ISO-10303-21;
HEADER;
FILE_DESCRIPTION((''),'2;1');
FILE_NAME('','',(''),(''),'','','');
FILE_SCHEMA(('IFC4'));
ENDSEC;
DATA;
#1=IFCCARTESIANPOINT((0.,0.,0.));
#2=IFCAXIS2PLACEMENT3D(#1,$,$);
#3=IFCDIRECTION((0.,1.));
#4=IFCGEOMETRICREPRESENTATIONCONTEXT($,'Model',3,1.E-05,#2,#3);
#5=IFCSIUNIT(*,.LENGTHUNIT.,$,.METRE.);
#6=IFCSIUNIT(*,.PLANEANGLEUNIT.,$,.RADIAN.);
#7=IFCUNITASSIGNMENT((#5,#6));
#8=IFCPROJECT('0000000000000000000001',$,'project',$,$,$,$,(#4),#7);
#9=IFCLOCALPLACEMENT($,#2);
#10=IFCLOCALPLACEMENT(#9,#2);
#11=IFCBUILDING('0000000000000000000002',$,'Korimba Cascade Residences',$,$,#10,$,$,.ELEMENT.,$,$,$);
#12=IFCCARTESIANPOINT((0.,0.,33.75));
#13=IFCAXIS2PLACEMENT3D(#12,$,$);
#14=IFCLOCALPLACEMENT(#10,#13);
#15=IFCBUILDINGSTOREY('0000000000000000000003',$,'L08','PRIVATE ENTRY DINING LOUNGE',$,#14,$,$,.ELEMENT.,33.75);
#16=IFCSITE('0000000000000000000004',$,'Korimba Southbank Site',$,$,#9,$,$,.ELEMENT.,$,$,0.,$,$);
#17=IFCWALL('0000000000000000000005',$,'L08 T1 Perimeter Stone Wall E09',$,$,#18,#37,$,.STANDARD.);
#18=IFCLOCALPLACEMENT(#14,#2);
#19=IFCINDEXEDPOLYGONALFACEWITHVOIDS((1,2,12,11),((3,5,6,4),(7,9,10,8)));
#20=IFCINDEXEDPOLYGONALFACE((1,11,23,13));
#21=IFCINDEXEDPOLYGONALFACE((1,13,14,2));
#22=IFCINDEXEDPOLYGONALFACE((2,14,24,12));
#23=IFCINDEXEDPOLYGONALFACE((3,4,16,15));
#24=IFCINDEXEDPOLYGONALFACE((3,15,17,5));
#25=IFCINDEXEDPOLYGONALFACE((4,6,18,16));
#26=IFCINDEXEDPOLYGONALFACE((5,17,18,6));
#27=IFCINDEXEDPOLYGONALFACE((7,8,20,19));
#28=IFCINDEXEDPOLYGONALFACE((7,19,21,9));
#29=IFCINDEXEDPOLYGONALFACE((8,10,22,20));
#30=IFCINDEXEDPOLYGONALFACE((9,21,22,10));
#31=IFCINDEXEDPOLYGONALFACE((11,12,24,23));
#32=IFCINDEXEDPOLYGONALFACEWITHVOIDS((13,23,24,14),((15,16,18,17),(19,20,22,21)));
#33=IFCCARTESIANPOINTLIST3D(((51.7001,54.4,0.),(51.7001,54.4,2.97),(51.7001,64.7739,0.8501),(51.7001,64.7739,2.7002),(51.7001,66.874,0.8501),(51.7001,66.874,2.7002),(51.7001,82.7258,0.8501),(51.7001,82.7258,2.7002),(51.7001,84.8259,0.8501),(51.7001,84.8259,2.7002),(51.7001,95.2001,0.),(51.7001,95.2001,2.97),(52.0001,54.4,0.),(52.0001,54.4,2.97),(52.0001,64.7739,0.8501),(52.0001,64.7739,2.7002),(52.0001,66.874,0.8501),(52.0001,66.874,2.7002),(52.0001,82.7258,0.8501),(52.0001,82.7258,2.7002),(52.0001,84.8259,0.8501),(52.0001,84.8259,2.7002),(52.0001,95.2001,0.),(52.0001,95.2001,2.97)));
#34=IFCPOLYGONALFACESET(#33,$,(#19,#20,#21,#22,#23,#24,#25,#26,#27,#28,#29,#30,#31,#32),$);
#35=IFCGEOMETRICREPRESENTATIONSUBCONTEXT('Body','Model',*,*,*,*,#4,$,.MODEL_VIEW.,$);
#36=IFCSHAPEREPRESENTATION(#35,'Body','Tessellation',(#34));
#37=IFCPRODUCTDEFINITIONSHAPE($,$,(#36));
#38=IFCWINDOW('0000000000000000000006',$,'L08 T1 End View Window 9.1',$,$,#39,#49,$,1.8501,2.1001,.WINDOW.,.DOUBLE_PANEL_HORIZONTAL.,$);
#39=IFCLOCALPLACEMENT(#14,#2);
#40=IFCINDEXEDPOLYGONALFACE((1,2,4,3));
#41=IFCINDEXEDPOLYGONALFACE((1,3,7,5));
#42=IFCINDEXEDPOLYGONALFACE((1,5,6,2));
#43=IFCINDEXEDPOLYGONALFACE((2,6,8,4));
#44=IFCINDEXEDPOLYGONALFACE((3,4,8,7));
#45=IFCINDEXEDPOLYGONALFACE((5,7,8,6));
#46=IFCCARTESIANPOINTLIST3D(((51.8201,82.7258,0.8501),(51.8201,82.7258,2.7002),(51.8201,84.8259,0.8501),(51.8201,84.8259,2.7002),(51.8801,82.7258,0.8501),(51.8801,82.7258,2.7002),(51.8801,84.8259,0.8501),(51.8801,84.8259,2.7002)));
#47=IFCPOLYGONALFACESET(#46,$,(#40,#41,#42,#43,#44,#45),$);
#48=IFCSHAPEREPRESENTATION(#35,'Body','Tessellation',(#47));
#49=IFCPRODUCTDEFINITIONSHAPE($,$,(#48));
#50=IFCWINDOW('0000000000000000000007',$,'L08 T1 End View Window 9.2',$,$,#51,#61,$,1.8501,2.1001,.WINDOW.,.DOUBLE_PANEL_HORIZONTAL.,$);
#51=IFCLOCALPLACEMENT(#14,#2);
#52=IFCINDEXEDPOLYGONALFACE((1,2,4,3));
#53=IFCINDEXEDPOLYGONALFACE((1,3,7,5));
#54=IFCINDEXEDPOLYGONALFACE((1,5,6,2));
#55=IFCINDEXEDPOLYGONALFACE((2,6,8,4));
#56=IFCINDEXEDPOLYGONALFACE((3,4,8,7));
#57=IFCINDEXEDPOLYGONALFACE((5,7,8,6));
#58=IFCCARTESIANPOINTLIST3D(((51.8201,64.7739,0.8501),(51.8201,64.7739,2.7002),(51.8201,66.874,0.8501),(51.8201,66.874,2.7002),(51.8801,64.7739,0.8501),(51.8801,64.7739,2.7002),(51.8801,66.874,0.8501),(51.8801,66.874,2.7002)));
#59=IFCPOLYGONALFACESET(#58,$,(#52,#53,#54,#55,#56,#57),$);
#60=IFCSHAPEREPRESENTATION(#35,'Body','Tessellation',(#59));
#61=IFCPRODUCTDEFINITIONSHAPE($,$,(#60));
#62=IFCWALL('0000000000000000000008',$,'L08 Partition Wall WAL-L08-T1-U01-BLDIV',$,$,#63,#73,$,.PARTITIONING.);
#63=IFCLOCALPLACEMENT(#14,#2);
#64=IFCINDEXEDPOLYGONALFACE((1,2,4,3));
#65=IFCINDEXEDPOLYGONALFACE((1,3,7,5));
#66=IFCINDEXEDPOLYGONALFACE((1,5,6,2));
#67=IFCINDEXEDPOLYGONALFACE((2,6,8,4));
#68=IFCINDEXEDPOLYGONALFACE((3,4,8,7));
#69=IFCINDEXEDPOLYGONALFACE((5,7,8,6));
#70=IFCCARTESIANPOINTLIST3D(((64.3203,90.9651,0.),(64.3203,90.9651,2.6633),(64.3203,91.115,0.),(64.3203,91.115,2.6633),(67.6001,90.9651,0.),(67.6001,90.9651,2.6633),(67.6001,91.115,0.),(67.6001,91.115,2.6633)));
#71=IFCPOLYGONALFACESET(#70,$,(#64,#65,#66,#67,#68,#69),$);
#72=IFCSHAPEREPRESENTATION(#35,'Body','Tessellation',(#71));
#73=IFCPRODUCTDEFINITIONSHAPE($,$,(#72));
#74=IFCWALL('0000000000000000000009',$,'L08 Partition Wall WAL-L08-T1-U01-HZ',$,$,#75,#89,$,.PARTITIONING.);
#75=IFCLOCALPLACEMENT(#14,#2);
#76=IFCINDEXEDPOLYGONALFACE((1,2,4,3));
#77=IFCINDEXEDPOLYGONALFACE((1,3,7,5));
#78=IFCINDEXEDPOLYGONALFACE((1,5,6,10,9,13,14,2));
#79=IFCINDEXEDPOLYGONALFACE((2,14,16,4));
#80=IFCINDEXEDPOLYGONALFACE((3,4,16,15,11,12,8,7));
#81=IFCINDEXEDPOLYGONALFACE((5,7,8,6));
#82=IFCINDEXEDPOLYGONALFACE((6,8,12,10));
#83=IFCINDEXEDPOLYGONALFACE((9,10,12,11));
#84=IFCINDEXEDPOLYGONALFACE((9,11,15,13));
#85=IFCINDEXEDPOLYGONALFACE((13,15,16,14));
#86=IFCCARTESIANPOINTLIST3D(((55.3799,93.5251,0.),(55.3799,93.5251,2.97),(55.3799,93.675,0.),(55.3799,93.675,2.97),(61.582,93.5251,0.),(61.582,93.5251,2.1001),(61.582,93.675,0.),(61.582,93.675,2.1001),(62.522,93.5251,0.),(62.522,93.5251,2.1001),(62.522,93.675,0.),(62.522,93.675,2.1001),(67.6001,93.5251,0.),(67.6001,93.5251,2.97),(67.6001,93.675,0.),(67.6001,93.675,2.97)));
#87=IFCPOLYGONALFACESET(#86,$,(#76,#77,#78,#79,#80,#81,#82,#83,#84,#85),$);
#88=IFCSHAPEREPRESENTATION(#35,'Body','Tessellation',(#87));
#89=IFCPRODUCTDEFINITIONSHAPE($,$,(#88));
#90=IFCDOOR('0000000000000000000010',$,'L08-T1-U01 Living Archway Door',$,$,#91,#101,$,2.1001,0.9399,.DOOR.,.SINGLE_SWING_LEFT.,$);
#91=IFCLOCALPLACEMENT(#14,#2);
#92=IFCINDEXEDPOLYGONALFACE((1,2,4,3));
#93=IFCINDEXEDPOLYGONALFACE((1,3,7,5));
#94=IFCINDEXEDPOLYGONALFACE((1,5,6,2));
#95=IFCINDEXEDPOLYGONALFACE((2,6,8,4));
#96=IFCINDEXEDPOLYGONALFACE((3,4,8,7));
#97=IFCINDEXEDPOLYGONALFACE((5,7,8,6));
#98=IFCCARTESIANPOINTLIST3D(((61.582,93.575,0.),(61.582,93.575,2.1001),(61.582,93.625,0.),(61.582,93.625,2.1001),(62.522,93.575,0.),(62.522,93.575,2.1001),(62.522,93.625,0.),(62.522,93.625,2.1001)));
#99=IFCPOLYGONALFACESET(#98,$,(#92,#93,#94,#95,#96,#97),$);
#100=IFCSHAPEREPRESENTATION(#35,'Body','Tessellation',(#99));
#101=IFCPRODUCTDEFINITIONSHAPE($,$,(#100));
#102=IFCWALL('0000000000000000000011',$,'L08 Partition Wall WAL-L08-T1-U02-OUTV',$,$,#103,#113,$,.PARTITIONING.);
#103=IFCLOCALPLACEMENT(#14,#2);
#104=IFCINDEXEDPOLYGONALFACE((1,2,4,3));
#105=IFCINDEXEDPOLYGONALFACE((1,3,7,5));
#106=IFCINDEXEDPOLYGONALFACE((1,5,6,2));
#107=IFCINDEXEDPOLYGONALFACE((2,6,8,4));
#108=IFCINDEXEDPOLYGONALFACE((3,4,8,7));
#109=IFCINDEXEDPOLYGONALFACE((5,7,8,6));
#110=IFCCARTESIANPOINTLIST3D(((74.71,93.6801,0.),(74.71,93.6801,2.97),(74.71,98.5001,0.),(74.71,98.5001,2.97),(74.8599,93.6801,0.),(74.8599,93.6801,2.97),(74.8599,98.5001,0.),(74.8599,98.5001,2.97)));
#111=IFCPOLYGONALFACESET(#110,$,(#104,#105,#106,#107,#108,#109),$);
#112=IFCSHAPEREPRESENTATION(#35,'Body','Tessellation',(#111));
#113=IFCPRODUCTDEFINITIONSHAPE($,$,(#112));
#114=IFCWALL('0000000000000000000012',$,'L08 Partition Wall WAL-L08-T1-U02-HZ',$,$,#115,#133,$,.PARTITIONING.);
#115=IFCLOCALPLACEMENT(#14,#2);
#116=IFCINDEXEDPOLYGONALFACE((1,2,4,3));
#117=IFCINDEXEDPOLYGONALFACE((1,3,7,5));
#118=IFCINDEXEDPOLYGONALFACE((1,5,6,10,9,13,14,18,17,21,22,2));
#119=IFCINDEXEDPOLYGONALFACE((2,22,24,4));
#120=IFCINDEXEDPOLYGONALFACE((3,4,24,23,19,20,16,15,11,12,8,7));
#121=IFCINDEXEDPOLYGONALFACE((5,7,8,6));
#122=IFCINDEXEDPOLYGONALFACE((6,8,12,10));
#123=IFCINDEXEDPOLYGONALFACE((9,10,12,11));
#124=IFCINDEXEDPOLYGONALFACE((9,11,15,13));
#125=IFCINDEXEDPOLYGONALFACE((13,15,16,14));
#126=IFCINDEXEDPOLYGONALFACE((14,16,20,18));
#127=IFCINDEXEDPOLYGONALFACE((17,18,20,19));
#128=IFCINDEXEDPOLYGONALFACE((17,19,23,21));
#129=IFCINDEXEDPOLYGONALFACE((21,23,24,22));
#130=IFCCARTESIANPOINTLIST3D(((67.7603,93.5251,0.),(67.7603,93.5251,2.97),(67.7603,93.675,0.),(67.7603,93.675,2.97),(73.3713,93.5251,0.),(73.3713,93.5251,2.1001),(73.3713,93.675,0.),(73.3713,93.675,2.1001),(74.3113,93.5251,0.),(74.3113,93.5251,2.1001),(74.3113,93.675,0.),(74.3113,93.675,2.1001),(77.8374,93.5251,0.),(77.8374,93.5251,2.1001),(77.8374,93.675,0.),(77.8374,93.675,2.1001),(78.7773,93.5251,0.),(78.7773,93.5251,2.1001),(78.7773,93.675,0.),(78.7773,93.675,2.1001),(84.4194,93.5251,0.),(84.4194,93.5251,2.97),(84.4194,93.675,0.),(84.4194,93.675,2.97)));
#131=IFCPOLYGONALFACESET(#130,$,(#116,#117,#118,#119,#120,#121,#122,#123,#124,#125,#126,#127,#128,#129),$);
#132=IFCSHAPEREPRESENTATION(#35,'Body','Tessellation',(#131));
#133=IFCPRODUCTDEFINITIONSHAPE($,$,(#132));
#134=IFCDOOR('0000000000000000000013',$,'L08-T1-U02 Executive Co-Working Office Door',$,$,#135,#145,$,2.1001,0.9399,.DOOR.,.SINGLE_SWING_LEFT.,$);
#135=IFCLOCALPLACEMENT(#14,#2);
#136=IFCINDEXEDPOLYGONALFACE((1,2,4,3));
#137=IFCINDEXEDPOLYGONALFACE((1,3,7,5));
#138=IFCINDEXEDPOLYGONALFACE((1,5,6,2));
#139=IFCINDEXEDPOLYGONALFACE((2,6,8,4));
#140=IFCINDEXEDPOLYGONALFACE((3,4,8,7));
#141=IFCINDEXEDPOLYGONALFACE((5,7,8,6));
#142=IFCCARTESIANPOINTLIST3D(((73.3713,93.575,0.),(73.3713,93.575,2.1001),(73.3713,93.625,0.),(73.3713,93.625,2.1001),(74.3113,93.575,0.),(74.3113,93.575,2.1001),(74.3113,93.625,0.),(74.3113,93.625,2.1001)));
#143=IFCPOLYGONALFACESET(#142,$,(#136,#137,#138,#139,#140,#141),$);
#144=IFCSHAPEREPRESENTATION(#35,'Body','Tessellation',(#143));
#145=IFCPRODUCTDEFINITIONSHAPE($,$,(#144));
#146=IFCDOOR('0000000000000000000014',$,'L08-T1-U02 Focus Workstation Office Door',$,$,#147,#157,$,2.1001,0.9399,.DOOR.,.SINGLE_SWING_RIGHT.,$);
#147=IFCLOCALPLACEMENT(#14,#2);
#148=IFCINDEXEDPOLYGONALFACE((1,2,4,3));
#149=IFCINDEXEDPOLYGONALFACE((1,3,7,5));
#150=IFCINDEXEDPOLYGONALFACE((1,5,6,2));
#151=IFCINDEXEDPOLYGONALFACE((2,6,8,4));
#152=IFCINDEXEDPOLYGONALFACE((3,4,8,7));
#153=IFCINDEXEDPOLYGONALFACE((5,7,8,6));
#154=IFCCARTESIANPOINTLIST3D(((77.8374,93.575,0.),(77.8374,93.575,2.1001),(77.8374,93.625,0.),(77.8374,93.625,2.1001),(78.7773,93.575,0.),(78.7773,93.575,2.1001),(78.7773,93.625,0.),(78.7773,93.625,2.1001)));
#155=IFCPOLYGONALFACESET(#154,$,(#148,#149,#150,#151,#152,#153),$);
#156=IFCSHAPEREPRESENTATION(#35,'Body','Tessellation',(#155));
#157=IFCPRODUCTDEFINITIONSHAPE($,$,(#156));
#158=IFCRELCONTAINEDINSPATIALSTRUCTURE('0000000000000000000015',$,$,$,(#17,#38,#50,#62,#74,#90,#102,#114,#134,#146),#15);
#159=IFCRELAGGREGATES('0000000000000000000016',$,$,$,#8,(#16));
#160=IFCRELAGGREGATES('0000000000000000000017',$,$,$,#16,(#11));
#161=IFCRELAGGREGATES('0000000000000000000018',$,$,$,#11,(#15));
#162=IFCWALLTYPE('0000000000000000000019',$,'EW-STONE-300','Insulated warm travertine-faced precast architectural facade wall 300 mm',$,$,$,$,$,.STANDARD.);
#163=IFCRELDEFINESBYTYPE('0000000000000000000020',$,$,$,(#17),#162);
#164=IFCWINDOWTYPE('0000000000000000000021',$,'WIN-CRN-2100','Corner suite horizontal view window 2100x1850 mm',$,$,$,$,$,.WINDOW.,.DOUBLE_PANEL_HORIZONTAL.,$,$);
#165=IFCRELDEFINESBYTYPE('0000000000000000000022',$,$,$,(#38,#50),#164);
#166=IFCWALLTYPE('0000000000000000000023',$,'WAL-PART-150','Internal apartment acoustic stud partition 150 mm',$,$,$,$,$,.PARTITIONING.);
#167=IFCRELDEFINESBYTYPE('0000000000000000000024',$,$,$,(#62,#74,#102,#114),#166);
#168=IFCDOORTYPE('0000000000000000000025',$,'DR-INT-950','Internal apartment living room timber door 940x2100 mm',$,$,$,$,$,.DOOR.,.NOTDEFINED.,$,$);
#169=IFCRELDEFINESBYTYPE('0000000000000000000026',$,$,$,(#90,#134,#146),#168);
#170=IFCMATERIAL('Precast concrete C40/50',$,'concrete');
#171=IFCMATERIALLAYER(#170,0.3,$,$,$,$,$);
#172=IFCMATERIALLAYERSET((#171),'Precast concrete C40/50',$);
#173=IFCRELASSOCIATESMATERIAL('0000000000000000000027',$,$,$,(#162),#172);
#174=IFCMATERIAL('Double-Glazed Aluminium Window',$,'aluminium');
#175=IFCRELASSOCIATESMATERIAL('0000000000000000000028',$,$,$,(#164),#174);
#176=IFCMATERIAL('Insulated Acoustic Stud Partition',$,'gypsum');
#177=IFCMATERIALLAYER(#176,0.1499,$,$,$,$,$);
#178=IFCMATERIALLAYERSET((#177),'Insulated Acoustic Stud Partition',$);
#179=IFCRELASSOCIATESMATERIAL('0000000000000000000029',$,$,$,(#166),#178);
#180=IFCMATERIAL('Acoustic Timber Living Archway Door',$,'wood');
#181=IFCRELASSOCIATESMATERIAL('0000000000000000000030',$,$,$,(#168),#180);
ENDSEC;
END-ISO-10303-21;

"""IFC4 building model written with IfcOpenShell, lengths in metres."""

from ifc_helpers import new_model, si_unit, direction, frame, frame_2d, origin, place, context, subcontext, project, spatial, rectangle, extrude, material, layer, layer_set, type_object, element, fill, save


model = new_model("IFC4")

# Units and contexts
model_context = context("Model", 3, precision=1e-05, world=origin(), true_north=direction((0.0, 1.0)))
body_context = subcontext(model_context, "Body", "Model", "MODEL_VIEW")
ifc_project = project(units=[si_unit("LENGTHUNIT", "METRE"), si_unit("PLANEANGLEUNIT", "RADIAN")], contexts=[model_context])

# Site, building, storey
site_placement = place(None, origin())
site = spatial("IfcSite", under=ifc_project, at=site_placement, Name="Korimba Southbank Site", CompositionType="ELEMENT", RefElevation=0.0)
building_placement = place(site_placement, origin())
building = spatial("IfcBuilding", under=site, at=building_placement, Name="Korimba Cascade Residences", CompositionType="ELEMENT")
storey_placement = place(building_placement, frame((0.0, 0.0, 33.75)))
storey = spatial("IfcBuildingStorey", under=building, at=storey_placement, Name="L08", Description="PRIVATE ENTRY DINING LOUNGE", CompositionType="ELEMENT", Elevation=33.75)

# Shared definitions
ifc_material_1 = material(Name="Precast concrete C40/50", Category="concrete")
ifc_layer_1 = layer(ifc_material_1, 0.3)
ifc_layer_set_1 = layer_set([ifc_layer_1], Name="Precast concrete C40/50")
wall_type_1 = type_object("IfcWallType", Name="EW-STONE-300", Description="Insulated warm travertine-faced precast architectural facade wall 300 mm", PredefinedType="STANDARD", material=ifc_layer_set_1)

# Wall, openings, windows
wall_1_placement = place(storey_placement, frame((51.8501, 95.2, 0.0), z_axis=(0.0, 0.0, 1.0), x_axis=(0.0, -1.0, 0.0)))
wall_1 = element("IfcWall", 1, at=wall_1_placement, inside=storey, type_object=wall_type_1, Name="L08 T1 Perimeter Stone Wall E09", PredefinedType="STANDARD", context=body_context, shape_type="SweptSolid", body=[
    extrude(rectangle(XDim=40.8, YDim=0.3, at=frame_2d((20.3999, 0.0))), origin(), (0.0, 0.0, 1.0), 2.97),
])
opening_1_placement = place(wall_1_placement, frame((10.374, 0.0, 0.8501)))
opening_1 = element("IfcOpeningElement", 2, at=opening_1_placement, cuts=wall_1, PredefinedType="OPENING", context=body_context, shape_type="SweptSolid", body=[
    extrude(rectangle(XDim=2.1001, YDim=1.8501, at=frame_2d((1.05, 0.925))), frame((0.0, 0.1602, 0.0), z_axis=(0.0, -1.0, 0.0), x_axis=(1.0, 0.0, 0.0)), (0.0, 0.0, 1.0), 0.3201),
])
opening_2_placement = place(wall_1_placement, frame((28.3259, 0.0, 0.8501)))
opening_2 = element("IfcOpeningElement", 3, at=opening_2_placement, cuts=wall_1, PredefinedType="OPENING", context=body_context, shape_type="SweptSolid", body=[
    extrude(rectangle(XDim=2.1001, YDim=1.8501, at=frame_2d((1.05, 0.925))), frame((0.0, 0.1602, 0.0), z_axis=(0.0, -1.0, 0.0), x_axis=(1.0, 0.0, 0.0)), (0.0, 0.0, 1.0), 0.3201),
])
ifc_material_2 = material(Name="Double-Glazed Aluminium Window", Category="aluminium")
window_type = type_object("IfcWindowType", Name="WIN-CRN-2100", Description="Corner suite horizontal view window 2100x1850 mm", PartitioningType="DOUBLE_PANEL_HORIZONTAL", PredefinedType="WINDOW", material=ifc_material_2)
window_1_placement = place(opening_1_placement, origin())
window_1 = element("IfcWindow", 4, at=window_1_placement, inside=storey, type_object=window_type, Name="L08 T1 End View Window 9.1", OverallHeight=1.8501, OverallWidth=2.1001, PartitioningType="DOUBLE_PANEL_HORIZONTAL", PredefinedType="WINDOW", context=body_context, shape_type="SweptSolid", body=[
    extrude(rectangle(XDim=2.1001, YDim=1.8501, at=frame_2d((1.05, 0.925))), frame((0.0, 0.03, 0.0), z_axis=(0.0, -1.0, 0.0), x_axis=(1.0, 0.0, 0.0)), (0.0, 0.0, 1.0), 0.0601),
])
fill(opening_1, window_1)
window_2_placement = place(opening_2_placement, origin())
window_2 = element("IfcWindow", 5, at=window_2_placement, inside=storey, type_object=window_type, Name="L08 T1 End View Window 9.2", OverallHeight=1.8501, OverallWidth=2.1001, PartitioningType="DOUBLE_PANEL_HORIZONTAL", PredefinedType="WINDOW", context=body_context, shape_type="SweptSolid", body=[
    extrude(rectangle(XDim=2.1001, YDim=1.8501, at=frame_2d((1.05, 0.925))), frame((0.0, 0.03, 0.0), z_axis=(0.0, -1.0, 0.0), x_axis=(1.0, 0.0, 0.0)), (0.0, 0.0, 1.0), 0.0601),
])
fill(opening_2, window_2)

# Wall
ifc_material_3 = material(Name="Insulated Acoustic Stud Partition", Category="gypsum")
ifc_layer_2 = layer(ifc_material_3, 0.1499)
ifc_layer_set_2 = layer_set([ifc_layer_2], Name="Insulated Acoustic Stud Partition")
wall_type_2 = type_object("IfcWallType", Name="WAL-PART-150", Description="Internal apartment acoustic stud partition 150 mm", PredefinedType="PARTITIONING", material=ifc_layer_set_2)
wall_2_placement = place(storey_placement, frame((64.3203, 91.04, 0.0), z_axis=(0.0, 0.0, 1.0), x_axis=(1.0, 0.0, 0.0)))
element("IfcWall", 6, at=wall_2_placement, inside=storey, type_object=wall_type_2, Name="L08 Partition Wall WAL-L08-T1-U01-BLDIV", PredefinedType="PARTITIONING", context=body_context, shape_type="SweptSolid", body=[
    extrude(rectangle(XDim=3.2798, YDim=0.1499, at=frame_2d((1.6399, 0.0))), origin(), (0.0, 0.0, 1.0), 2.6633),
])

# Wall, opening, door
wall_3_placement = place(storey_placement, frame((55.3799, 93.6001, 0.0), z_axis=(0.0, 0.0, 1.0), x_axis=(1.0, 0.0, 0.0)))
wall_3 = element("IfcWall", 7, at=wall_3_placement, inside=storey, type_object=wall_type_2, Name="L08 Partition Wall WAL-L08-T1-U01-HZ", PredefinedType="PARTITIONING", context=body_context, shape_type="SweptSolid", body=[
    extrude(rectangle(XDim=12.2202, YDim=0.1499, at=frame_2d((6.1101, 0.0))), origin(), (0.0, 0.0, 1.0), 2.97),
])
opening_3_placement = place(wall_3_placement, frame((6.2021, 0.0, 0.0)))
opening_3 = element("IfcOpeningElement", 8, at=opening_3_placement, cuts=wall_3, PredefinedType="OPENING", context=body_context, shape_type="SweptSolid", body=[
    extrude(rectangle(XDim=0.9399, YDim=2.1001, at=frame_2d((0.47, 1.05))), frame((0.0, 0.085, 0.0), z_axis=(0.0, -1.0, 0.0), x_axis=(1.0, 0.0, 0.0)), (0.0, 0.0, 1.0), 0.1699),
])
ifc_material_4 = material(Name="Acoustic Timber Living Archway Door", Category="wood")
door_type = type_object("IfcDoorType", Name="DR-INT-950", Description="Internal apartment living room timber door 940x2100 mm", OperationType="NOTDEFINED", PredefinedType="DOOR", material=ifc_material_4)
door_1_placement = place(opening_3_placement, origin())
door_1 = element("IfcDoor", 9, at=door_1_placement, inside=storey, type_object=door_type, Name="L08-T1-U01 Living Archway Door", OperationType="SINGLE_SWING_LEFT", OverallHeight=2.1001, OverallWidth=0.9399, PredefinedType="DOOR", context=body_context, shape_type="SweptSolid", body=[
    extrude(rectangle(XDim=0.9399, YDim=2.1001, at=frame_2d((0.47, 1.05))), frame((0.0, 0.0249, 0.0), z_axis=(0.0, -1.0, 0.0), x_axis=(1.0, 0.0, 0.0)), (0.0, 0.0, 1.0), 0.05),
])
fill(opening_3, door_1)

# Wall
wall_4_placement = place(storey_placement, frame((74.7849, 93.6799, 0.0), z_axis=(0.0, 0.0, 1.0), x_axis=(0.0, 1.0, 0.0)))
element("IfcWall", 10, at=wall_4_placement, inside=storey, type_object=wall_type_2, Name="L08 Partition Wall WAL-L08-T1-U02-OUTV", PredefinedType="PARTITIONING", context=body_context, shape_type="SweptSolid", body=[
    extrude(rectangle(XDim=4.8201, YDim=0.1499, at=frame_2d((2.4102, 0.0))), origin(), (0.0, 0.0, 1.0), 2.97),
])

# Wall, openings, doors
wall_5_placement = place(storey_placement, frame((67.7603, 93.6001, 0.0), z_axis=(0.0, 0.0, 1.0), x_axis=(1.0, 0.0, 0.0)))
wall_5 = element("IfcWall", 11, at=wall_5_placement, inside=storey, type_object=wall_type_2, Name="L08 Partition Wall WAL-L08-T1-U02-HZ", PredefinedType="PARTITIONING", context=body_context, shape_type="SweptSolid", body=[
    extrude(rectangle(XDim=16.6592, YDim=0.1499, at=frame_2d((8.3296, 0.0))), origin(), (0.0, 0.0, 1.0), 2.97),
])
opening_4_placement = place(wall_5_placement, frame((5.6111, 0.0, 0.0)))
opening_4 = element("IfcOpeningElement", 12, at=opening_4_placement, cuts=wall_5, PredefinedType="OPENING", context=body_context, shape_type="SweptSolid", body=[
    extrude(rectangle(XDim=0.9399, YDim=2.1001, at=frame_2d((0.47, 1.05))), frame((0.0, 0.085, 0.0), z_axis=(0.0, -1.0, 0.0), x_axis=(1.0, 0.0, 0.0)), (0.0, 0.0, 1.0), 0.1699),
])
opening_5_placement = place(wall_5_placement, frame((10.0771, 0.0, 0.0)))
opening_5 = element("IfcOpeningElement", 13, at=opening_5_placement, cuts=wall_5, PredefinedType="OPENING", context=body_context, shape_type="SweptSolid", body=[
    extrude(rectangle(XDim=0.9399, YDim=2.1001, at=frame_2d((0.47, 1.05))), frame((0.0, 0.085, 0.0), z_axis=(0.0, -1.0, 0.0), x_axis=(1.0, 0.0, 0.0)), (0.0, 0.0, 1.0), 0.1699),
])
door_2_placement = place(opening_4_placement, origin())
door_2 = element("IfcDoor", 14, at=door_2_placement, inside=storey, type_object=door_type, Name="L08-T1-U02 Executive Co-Working Office Door", OperationType="SINGLE_SWING_LEFT", OverallHeight=2.1001, OverallWidth=0.9399, PredefinedType="DOOR", context=body_context, shape_type="SweptSolid", body=[
    extrude(rectangle(XDim=0.9399, YDim=2.1001, at=frame_2d((0.47, 1.05))), frame((0.0, 0.0249, 0.0), z_axis=(0.0, -1.0, 0.0), x_axis=(1.0, 0.0, 0.0)), (0.0, 0.0, 1.0), 0.05),
])
fill(opening_4, door_2)
door_3_placement = place(opening_5_placement, origin())
door_3 = element("IfcDoor", 15, at=door_3_placement, inside=storey, type_object=door_type, Name="L08-T1-U02 Focus Workstation Office Door", OperationType="SINGLE_SWING_RIGHT", OverallHeight=2.1001, OverallWidth=0.9399, PredefinedType="DOOR", context=body_context, shape_type="SweptSolid", body=[
    extrude(rectangle(XDim=0.9399, YDim=2.1001, at=frame_2d((0.47, 1.05))), frame((0.0, 0.0249, 0.0), z_axis=(0.0, -1.0, 0.0), x_axis=(1.0, 0.0, 0.0)), (0.0, 0.0, 1.0), 0.05),
])
fill(opening_5, door_3)

save(model, "model.ifc")
